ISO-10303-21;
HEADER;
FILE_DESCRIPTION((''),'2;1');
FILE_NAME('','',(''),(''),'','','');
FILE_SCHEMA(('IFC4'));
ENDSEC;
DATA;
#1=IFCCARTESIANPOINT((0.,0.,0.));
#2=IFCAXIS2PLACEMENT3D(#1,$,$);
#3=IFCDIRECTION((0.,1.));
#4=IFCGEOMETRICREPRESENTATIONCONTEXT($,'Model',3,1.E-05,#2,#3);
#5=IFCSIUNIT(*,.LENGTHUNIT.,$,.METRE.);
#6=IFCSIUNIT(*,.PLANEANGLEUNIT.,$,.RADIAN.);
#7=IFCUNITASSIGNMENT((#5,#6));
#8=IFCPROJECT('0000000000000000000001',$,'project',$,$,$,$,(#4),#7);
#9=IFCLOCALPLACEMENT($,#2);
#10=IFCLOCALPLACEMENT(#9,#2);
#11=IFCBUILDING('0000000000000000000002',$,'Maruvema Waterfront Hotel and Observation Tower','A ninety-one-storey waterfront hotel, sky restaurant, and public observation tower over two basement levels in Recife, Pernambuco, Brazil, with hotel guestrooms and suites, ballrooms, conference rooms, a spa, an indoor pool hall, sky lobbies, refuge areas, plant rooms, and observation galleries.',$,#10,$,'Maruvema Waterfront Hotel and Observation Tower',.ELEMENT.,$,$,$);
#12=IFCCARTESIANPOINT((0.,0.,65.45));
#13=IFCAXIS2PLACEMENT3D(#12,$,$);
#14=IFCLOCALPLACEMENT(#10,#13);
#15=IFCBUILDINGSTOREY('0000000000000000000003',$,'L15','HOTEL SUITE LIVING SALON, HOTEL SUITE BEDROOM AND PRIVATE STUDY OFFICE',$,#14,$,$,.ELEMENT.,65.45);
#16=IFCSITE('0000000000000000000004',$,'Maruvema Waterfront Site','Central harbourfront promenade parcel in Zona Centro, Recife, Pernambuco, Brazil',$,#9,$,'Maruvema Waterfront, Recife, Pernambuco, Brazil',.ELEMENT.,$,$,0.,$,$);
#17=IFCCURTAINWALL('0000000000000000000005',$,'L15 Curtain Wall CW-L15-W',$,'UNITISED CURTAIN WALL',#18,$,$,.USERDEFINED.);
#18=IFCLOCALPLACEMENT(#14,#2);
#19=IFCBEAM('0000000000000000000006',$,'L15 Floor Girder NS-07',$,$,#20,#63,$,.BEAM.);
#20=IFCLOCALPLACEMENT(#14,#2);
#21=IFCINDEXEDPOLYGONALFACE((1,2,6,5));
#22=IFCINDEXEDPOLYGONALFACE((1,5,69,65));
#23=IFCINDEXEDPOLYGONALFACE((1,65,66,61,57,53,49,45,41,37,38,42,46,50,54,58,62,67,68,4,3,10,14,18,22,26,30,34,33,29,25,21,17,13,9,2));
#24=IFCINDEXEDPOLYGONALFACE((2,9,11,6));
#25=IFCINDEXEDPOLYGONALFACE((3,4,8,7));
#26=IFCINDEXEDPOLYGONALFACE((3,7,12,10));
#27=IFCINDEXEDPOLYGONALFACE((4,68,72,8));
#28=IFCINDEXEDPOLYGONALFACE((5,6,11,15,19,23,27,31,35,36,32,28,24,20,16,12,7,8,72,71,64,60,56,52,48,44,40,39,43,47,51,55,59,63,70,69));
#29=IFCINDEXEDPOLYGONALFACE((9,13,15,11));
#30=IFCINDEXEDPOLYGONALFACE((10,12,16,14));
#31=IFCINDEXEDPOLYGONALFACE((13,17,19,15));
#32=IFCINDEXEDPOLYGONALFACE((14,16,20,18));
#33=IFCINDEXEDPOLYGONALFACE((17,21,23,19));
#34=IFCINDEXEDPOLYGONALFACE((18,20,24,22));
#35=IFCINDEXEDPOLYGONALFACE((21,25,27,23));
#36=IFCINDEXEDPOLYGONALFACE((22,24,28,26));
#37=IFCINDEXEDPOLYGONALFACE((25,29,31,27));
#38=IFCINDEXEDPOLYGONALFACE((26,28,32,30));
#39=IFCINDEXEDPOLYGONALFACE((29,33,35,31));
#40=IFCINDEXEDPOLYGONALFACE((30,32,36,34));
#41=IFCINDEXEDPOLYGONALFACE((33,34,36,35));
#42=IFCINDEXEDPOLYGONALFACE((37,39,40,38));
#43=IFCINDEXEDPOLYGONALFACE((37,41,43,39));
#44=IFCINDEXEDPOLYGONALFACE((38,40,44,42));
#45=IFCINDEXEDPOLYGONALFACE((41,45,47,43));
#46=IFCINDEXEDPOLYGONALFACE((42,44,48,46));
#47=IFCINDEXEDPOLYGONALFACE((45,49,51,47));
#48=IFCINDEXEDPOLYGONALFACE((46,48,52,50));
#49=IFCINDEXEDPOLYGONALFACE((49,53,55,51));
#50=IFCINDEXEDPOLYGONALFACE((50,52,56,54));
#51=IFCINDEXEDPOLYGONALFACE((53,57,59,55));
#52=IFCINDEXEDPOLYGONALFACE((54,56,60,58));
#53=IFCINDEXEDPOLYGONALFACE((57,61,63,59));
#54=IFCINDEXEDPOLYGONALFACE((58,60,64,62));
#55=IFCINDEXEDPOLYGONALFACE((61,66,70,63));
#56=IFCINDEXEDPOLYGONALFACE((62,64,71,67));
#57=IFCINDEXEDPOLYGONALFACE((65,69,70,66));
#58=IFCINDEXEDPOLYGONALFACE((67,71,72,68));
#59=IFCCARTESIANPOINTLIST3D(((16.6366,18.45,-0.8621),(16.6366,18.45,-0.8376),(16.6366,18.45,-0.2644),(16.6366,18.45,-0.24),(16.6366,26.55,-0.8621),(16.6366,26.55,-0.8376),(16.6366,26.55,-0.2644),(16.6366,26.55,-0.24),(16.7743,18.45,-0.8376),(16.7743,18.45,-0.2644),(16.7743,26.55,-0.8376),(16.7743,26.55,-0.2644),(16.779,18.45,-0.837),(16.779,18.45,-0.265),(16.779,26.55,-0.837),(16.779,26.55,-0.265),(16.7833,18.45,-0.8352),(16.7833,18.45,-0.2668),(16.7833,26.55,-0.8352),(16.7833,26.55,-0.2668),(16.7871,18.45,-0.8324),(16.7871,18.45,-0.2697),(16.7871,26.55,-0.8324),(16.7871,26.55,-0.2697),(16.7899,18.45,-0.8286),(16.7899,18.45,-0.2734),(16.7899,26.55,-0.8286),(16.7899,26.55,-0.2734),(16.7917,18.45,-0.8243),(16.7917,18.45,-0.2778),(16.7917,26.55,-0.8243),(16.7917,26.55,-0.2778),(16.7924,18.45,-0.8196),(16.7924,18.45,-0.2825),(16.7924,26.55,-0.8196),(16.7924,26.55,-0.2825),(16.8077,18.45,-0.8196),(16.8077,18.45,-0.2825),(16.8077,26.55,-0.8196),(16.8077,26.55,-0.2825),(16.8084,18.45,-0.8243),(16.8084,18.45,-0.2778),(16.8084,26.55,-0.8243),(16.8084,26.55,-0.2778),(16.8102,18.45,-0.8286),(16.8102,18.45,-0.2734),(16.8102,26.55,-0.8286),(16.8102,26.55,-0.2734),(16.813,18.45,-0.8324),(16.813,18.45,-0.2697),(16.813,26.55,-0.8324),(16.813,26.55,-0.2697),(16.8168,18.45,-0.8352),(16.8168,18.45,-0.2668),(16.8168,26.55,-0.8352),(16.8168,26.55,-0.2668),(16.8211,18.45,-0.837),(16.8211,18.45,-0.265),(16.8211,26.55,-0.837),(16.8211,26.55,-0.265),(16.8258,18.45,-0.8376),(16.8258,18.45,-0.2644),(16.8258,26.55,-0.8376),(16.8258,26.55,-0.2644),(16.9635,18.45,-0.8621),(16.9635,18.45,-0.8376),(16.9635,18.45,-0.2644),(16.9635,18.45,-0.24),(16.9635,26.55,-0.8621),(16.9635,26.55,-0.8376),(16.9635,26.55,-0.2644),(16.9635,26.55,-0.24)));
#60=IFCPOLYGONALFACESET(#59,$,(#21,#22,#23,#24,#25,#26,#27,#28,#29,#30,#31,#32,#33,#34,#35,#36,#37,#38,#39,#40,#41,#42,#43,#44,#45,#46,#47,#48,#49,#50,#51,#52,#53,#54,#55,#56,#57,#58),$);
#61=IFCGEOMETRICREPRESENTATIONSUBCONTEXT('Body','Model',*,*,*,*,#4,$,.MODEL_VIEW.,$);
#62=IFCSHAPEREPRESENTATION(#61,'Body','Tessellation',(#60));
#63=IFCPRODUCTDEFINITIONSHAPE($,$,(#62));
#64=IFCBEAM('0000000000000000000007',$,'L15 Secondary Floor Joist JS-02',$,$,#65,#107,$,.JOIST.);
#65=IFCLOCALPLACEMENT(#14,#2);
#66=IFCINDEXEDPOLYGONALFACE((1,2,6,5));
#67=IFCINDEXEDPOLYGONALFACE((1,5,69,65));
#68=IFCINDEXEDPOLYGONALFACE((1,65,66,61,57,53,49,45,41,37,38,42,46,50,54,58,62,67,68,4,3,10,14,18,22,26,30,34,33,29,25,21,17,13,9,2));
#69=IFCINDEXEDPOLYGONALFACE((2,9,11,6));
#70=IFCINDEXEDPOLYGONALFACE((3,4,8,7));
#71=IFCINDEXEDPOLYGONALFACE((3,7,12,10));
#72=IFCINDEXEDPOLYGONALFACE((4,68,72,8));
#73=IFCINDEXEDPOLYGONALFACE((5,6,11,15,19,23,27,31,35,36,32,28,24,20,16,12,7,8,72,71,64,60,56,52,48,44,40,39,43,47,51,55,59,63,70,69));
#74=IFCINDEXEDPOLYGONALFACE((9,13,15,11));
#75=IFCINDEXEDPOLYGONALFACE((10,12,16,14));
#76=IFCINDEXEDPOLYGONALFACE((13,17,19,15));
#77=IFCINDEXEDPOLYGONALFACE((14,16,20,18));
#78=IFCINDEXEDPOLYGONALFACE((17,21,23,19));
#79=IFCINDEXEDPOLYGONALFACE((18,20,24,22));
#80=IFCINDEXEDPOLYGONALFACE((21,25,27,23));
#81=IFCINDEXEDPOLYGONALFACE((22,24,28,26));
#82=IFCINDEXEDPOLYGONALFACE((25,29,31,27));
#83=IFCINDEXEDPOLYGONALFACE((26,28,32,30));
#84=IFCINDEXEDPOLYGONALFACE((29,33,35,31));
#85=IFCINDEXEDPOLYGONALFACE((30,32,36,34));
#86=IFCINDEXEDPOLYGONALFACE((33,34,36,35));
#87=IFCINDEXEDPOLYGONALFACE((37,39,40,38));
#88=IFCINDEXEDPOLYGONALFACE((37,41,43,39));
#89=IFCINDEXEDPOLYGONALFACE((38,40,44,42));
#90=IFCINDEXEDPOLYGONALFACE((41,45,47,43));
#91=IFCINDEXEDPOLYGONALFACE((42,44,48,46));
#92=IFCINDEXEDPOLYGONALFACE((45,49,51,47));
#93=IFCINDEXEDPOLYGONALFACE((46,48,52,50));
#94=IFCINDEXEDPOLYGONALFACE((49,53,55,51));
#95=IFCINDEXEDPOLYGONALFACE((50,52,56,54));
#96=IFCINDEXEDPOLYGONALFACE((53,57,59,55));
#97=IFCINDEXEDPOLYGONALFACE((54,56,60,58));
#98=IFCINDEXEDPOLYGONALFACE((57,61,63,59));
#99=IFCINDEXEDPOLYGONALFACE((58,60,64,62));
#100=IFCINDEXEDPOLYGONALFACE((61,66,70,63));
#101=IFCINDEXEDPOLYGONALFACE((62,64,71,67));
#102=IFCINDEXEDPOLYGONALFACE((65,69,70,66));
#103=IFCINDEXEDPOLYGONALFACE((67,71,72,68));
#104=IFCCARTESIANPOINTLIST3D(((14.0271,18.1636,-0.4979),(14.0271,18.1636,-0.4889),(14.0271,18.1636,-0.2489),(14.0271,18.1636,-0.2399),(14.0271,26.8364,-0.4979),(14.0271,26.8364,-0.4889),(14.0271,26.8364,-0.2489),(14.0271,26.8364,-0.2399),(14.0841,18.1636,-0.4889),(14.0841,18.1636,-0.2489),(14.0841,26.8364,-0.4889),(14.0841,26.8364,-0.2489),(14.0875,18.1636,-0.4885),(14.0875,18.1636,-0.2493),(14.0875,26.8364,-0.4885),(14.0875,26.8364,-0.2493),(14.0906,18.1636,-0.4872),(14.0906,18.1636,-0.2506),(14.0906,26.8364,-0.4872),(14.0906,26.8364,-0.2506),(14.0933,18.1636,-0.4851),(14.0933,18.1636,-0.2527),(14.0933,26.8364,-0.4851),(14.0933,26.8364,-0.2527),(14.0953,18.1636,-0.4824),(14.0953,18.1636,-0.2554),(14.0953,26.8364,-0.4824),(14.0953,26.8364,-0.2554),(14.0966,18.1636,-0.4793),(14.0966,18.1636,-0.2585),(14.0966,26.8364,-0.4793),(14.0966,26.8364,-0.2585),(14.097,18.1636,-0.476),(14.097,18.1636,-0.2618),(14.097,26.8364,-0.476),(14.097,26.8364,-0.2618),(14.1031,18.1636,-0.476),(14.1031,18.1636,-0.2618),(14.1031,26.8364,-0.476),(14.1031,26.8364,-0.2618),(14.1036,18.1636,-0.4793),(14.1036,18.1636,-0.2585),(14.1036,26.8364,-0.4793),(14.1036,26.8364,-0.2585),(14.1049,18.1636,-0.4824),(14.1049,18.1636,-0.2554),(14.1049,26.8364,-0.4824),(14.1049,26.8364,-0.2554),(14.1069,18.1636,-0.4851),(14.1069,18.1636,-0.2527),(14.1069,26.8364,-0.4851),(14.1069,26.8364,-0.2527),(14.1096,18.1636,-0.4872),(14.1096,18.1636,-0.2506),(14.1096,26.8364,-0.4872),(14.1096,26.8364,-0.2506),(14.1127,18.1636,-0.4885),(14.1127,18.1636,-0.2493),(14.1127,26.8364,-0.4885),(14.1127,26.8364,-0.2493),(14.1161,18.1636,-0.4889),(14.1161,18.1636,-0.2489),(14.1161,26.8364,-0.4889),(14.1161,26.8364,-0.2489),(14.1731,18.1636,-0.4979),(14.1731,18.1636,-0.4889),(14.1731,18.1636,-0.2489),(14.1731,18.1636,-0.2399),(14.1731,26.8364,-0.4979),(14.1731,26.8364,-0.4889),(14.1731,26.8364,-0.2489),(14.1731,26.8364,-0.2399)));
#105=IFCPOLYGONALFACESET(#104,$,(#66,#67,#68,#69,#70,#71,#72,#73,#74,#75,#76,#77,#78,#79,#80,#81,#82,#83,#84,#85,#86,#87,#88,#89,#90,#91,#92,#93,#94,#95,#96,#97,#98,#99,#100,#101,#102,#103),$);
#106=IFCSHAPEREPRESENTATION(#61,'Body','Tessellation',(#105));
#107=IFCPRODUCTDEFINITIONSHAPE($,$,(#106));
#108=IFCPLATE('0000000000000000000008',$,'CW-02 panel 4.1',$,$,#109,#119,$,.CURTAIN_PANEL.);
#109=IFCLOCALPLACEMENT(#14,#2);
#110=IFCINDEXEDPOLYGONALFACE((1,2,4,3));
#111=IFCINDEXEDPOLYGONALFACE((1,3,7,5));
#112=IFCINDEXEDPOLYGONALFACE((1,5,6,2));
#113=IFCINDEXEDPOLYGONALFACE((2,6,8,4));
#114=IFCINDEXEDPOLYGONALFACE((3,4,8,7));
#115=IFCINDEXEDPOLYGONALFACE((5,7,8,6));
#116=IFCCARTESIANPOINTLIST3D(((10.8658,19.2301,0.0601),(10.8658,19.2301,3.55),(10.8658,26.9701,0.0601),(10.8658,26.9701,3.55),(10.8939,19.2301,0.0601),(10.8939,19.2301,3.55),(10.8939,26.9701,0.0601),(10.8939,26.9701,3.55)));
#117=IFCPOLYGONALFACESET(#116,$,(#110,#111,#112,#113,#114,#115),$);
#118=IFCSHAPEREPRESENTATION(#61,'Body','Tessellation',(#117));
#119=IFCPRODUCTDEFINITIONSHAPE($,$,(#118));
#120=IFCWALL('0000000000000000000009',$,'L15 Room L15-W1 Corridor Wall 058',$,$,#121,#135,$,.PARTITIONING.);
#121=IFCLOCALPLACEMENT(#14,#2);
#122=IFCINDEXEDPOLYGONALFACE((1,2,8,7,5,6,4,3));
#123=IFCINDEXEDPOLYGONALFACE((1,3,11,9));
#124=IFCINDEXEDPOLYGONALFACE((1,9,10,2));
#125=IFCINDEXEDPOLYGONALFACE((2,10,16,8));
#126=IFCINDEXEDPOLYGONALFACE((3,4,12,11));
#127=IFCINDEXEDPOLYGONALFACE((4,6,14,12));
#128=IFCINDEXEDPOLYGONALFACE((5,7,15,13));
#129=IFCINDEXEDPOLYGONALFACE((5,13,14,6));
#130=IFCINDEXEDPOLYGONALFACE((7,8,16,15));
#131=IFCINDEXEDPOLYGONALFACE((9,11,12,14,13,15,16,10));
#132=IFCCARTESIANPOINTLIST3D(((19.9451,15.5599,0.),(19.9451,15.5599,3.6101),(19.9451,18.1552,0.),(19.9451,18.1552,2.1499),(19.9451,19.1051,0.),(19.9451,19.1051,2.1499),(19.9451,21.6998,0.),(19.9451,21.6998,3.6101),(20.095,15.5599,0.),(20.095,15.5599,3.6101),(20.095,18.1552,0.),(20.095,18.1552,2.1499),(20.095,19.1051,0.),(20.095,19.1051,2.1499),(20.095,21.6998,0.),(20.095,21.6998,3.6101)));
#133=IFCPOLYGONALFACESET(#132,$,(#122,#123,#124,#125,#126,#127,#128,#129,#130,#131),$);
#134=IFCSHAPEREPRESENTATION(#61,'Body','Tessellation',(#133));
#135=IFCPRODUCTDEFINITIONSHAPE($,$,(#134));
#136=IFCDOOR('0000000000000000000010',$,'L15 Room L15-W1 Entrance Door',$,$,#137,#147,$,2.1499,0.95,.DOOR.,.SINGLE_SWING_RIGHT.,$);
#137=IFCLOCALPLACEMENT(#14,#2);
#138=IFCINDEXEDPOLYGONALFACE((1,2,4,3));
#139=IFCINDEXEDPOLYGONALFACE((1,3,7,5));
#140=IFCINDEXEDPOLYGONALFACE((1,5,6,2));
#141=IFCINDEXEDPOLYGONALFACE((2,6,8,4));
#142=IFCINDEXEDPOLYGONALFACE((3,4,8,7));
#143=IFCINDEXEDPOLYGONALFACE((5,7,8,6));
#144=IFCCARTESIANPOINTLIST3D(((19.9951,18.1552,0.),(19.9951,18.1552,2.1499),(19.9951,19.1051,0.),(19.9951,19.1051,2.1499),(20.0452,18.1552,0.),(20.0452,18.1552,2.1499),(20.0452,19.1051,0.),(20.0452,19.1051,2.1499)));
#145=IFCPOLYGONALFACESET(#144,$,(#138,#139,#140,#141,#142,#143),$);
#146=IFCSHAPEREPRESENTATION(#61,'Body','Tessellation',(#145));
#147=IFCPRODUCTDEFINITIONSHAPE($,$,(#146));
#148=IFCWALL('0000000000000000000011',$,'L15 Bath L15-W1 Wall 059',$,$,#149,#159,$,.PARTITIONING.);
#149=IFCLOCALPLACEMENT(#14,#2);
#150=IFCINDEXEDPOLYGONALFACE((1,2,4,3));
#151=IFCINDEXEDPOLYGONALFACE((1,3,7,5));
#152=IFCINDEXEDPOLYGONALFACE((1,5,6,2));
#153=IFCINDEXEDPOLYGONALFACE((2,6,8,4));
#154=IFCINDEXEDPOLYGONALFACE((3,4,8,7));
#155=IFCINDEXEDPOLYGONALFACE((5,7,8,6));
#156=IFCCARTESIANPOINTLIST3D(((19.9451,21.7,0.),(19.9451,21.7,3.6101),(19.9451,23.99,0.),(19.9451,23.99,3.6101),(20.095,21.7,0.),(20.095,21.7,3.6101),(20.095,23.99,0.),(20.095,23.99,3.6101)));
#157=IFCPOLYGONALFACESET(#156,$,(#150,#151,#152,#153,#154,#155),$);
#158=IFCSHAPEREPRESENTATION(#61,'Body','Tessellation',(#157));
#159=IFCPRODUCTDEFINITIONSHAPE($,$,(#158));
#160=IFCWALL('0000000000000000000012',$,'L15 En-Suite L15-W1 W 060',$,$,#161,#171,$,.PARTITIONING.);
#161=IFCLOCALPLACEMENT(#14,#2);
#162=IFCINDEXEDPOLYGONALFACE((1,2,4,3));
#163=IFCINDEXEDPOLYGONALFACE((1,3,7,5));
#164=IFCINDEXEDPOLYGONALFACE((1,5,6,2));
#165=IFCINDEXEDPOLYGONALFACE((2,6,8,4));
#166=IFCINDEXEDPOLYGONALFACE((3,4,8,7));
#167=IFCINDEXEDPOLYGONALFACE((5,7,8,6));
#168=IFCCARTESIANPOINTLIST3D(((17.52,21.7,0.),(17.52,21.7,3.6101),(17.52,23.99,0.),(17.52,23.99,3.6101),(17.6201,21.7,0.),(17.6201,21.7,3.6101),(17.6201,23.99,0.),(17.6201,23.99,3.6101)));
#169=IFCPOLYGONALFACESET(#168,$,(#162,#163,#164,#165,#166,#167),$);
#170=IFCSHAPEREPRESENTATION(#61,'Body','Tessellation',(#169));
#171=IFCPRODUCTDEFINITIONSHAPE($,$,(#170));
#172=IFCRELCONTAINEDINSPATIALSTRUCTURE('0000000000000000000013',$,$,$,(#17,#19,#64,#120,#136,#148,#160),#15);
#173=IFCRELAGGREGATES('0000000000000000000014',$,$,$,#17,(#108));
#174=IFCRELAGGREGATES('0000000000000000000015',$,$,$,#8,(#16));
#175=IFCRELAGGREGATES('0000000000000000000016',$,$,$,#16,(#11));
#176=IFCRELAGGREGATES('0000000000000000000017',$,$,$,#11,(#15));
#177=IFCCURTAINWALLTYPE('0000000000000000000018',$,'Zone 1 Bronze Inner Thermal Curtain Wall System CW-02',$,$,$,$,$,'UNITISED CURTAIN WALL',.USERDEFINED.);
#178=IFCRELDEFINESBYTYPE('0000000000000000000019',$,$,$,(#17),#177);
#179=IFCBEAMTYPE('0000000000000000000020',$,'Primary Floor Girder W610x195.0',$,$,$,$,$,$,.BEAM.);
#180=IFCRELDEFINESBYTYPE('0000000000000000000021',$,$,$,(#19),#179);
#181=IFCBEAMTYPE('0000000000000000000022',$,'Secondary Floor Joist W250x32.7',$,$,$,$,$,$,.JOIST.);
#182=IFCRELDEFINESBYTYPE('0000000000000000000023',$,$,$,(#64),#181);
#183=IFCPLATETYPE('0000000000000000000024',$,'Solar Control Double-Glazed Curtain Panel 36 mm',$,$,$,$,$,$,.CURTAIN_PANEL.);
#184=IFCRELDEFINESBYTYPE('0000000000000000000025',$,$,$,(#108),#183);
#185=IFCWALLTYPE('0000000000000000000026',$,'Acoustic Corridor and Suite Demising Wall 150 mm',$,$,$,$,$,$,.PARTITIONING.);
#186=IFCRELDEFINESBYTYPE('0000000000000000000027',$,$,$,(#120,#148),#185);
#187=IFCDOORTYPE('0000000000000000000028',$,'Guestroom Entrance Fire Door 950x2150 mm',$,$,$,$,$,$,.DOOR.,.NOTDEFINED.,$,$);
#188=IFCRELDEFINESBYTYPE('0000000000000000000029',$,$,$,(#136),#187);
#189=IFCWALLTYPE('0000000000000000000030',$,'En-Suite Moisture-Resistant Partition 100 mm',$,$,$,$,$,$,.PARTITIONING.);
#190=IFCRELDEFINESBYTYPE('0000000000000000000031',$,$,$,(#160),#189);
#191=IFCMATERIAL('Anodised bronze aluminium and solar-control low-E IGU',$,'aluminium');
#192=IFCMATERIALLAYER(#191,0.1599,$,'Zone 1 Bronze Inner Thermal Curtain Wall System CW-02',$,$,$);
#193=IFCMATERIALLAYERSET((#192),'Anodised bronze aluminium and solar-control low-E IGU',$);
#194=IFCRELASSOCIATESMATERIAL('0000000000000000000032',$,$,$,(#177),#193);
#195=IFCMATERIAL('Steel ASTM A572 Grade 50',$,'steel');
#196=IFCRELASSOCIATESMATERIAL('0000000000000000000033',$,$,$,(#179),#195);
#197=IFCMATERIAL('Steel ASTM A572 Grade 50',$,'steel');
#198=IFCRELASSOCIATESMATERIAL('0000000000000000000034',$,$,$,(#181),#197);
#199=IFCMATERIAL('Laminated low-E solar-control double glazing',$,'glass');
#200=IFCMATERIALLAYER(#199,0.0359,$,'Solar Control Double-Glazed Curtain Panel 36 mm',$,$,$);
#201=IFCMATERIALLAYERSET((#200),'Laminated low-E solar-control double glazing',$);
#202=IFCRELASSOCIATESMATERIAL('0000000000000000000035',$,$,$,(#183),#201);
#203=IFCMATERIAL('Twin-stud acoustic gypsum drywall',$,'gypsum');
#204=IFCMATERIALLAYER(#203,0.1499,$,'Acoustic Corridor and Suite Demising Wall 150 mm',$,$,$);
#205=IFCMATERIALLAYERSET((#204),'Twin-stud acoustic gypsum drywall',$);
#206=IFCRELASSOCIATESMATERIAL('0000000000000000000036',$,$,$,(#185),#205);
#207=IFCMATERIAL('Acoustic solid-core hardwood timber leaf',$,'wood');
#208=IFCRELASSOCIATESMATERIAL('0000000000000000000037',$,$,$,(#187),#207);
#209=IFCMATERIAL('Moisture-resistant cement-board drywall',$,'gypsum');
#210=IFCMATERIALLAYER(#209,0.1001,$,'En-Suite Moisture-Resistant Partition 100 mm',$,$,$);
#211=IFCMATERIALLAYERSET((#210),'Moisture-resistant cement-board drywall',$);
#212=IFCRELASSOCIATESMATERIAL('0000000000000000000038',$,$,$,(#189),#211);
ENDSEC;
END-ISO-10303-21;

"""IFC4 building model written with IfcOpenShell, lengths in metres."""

from ifc_helpers import new_model, si_unit, direction, frame, frame_2d, origin, origin_2d, place, context, subcontext, project, spatial, rectangle, i_section, extrude, material, layer, layer_set, material_profile, profile_set, type_object, element, fill, aggregate, save


model = new_model("IFC4")

# Units and contexts
model_context = context("Model", 3, precision=1e-05, world=origin(), true_north=direction((0.0, 1.0)))
body_context = subcontext(model_context, "Body", "Model", "MODEL_VIEW")
ifc_project = project(units=[si_unit("LENGTHUNIT", "METRE"), si_unit("PLANEANGLEUNIT", "RADIAN")], contexts=[model_context])

# Site, building, storey
site_placement = place(None, origin())
site = spatial("IfcSite", under=ifc_project, at=site_placement, Name="Maruvema Waterfront Site", Description="Central harbourfront promenade parcel in Zona Centro, Recife, Pernambuco, Brazil", LongName="Maruvema Waterfront, Recife, Pernambuco, Brazil", CompositionType="ELEMENT", RefElevation=0.0)
building_placement = place(site_placement, origin())
building = spatial("IfcBuilding", under=site, at=building_placement, Name="Maruvema Waterfront Hotel and Observation Tower", Description="A ninety-one-storey waterfront hotel, sky restaurant, and public observation tower over two basement levels in Recife, Pernambuco, Brazil, with hotel guestrooms and suites, ballrooms, conference rooms, a spa, an indoor pool hall, sky lobbies, refuge areas, plant rooms, and observation galleries.", LongName="Maruvema Waterfront Hotel and Observation Tower", CompositionType="ELEMENT")
storey_placement = place(building_placement, frame((0.0, 0.0, 65.45)))
storey = spatial("IfcBuildingStorey", under=building, at=storey_placement, Name="L15", Description="HOTEL SUITE LIVING SALON, HOTEL SUITE BEDROOM AND PRIVATE STUDY OFFICE", CompositionType="ELEMENT", Elevation=65.45)

# Curtain wall
ifc_material_1 = material(Name="Anodised bronze aluminium and solar-control low-E IGU", Category="aluminium")
ifc_layer_1 = layer(ifc_material_1, 0.1599, Name="Zone 1 Bronze Inner Thermal Curtain Wall System CW-02")
ifc_layer_set_1 = layer_set([ifc_layer_1], Name="Anodised bronze aluminium and solar-control low-E IGU")
curtain_wall_type = type_object("IfcCurtainWallType", Name="Zone 1 Bronze Inner Thermal Curtain Wall System CW-02", ElementType="UNITISED CURTAIN WALL", PredefinedType="USERDEFINED", material=ifc_layer_set_1)
curtain_wall_placement = place(storey_placement, origin())
curtain_wall = element("IfcCurtainWall", 1, at=curtain_wall_placement, inside=storey, type_object=curtain_wall_type, Name="L15 Curtain Wall CW-L15-W", ObjectType="UNITISED CURTAIN WALL", PredefinedType="USERDEFINED")

# Beams
ifc_material_2 = material(Name="Steel ASTM A572 Grade 50", Category="steel")
ifc_material_profile_1 = material_profile(ifc_material_2, i_section(OverallWidth=0.3269, OverallDepth=0.6221, WebThickness=0.0154, FlangeThickness=0.0244, FilletRadius=0.0181, at=origin_2d()), Name="W610x195.0")
ifc_profile_set_1 = profile_set([ifc_material_profile_1], Name="Steel ASTM A572 Grade 50")
beam_type_1 = type_object("IfcBeamType", Name="Primary Floor Girder W610x195.0", PredefinedType="BEAM", material=ifc_profile_set_1)
beam_1_placement = place(storey_placement, frame((16.8, 18.45, -0.551), z_axis=(0.0, 1.0, 0.0), x_axis=(-1.0, 0.0, 0.0)))
element("IfcBeam", 2, at=beam_1_placement, inside=storey, type_object=beam_type_1, Name="L15 Floor Girder NS-07", PredefinedType="BEAM", context=body_context, shape_type="SweptSolid", body=[
    extrude(i_section(OverallWidth=0.3269, OverallDepth=0.6221, WebThickness=0.0154, FlangeThickness=0.0244, FilletRadius=0.0181, at=origin_2d()), origin(), (0.0, 0.0, 1.0), 8.1001),
])
ifc_material_3 = material(Name="Steel ASTM A572 Grade 50", Category="steel")
ifc_material_profile_2 = material_profile(ifc_material_3, i_section(OverallWidth=0.146, OverallDepth=0.2581, WebThickness=0.0061, FlangeThickness=0.009, FilletRadius=0.0129, at=origin_2d()), Name="W250x32.7")
ifc_profile_set_2 = profile_set([ifc_material_profile_2], Name="Steel ASTM A572 Grade 50")
beam_type_2 = type_object("IfcBeamType", Name="Secondary Floor Joist W250x32.7", PredefinedType="JOIST", material=ifc_profile_set_2)
beam_2_placement = place(storey_placement, frame((14.1001, 18.1636, -0.3689), z_axis=(0.0, 1.0, 0.0), x_axis=(-1.0, 0.0, 0.0)))
element("IfcBeam", 3, at=beam_2_placement, inside=storey, type_object=beam_type_2, Name="L15 Secondary Floor Joist JS-02", PredefinedType="JOIST", context=body_context, shape_type="SweptSolid", body=[
    extrude(i_section(OverallWidth=0.146, OverallDepth=0.2581, WebThickness=0.0061, FlangeThickness=0.009, FilletRadius=0.0129, at=origin_2d()), origin(), (0.0, 0.0, 1.0), 8.6729),
])

# Plate
ifc_material_4 = material(Name="Laminated low-E solar-control double glazing", Category="glass")
ifc_layer_2 = layer(ifc_material_4, 0.0359, Name="Solar Control Double-Glazed Curtain Panel 36 mm")
ifc_layer_set_2 = layer_set([ifc_layer_2], Name="Laminated low-E solar-control double glazing")
plate_type = type_object("IfcPlateType", Name="Solar Control Double-Glazed Curtain Panel 36 mm", PredefinedType="CURTAIN_PANEL", material=ifc_layer_set_2)
plate_placement = place(storey_placement, frame((10.8799, 23.1001, 0.0601), z_axis=(0.0, 0.0, 1.0), x_axis=(0.0, -1.0, 0.0)))
plate = element("IfcPlate", 4, at=plate_placement, type_object=plate_type, Name="CW-02 panel 4.1", PredefinedType="CURTAIN_PANEL", context=body_context, shape_type="SweptSolid", body=[
    extrude(rectangle(XDim=7.74, YDim=0.0281, at=origin_2d()), origin(), (0.0, 0.0, 1.0), 3.49),
])
aggregate(curtain_wall, [plate])

# Wall, opening, door
ifc_material_5 = material(Name="Twin-stud acoustic gypsum drywall", Category="gypsum")
ifc_layer_3 = layer(ifc_material_5, 0.1499, Name="Acoustic Corridor and Suite Demising Wall 150 mm")
ifc_layer_set_3 = layer_set([ifc_layer_3], Name="Twin-stud acoustic gypsum drywall")
wall_type_1 = type_object("IfcWallType", Name="Acoustic Corridor and Suite Demising Wall 150 mm", PredefinedType="PARTITIONING", material=ifc_layer_set_3)
wall_1_placement = place(storey_placement, frame((20.02, 15.5601, 0.0), z_axis=(0.0, 0.0, 1.0), x_axis=(0.0, 1.0, 0.0)))
wall_1 = element("IfcWall", 5, at=wall_1_placement, inside=storey, type_object=wall_type_1, Name="L15 Room L15-W1 Corridor Wall 058", PredefinedType="PARTITIONING", context=body_context, shape_type="SweptSolid", body=[
    extrude(rectangle(XDim=6.1399, YDim=0.1499, at=frame_2d((3.0698, 0.0))), origin(), (0.0, 0.0, 1.0), 3.6101),
])
opening_1_placement = place(wall_1_placement, frame((2.595, 0.0, 0.0)))
opening_1 = element("IfcOpeningElement", 6, at=opening_1_placement, cuts=wall_1, PredefinedType="OPENING", context=body_context, shape_type="SweptSolid", body=[
    extrude(rectangle(XDim=0.95, YDim=2.1499, at=frame_2d((0.4751, 1.075))), frame((0.0, 0.085, 0.0), z_axis=(0.0, -1.0, 0.0), x_axis=(1.0, 0.0, 0.0)), (0.0, 0.0, 1.0), 0.1699),
])
ifc_material_6 = material(Name="Acoustic solid-core hardwood timber leaf", Category="wood")
door_type_1 = type_object("IfcDoorType", Name="Guestroom Entrance Fire Door 950x2150 mm", OperationType="NOTDEFINED", PredefinedType="DOOR", material=ifc_material_6)
door_1_placement = place(opening_1_placement, origin())
door_1 = element("IfcDoor", 7, at=door_1_placement, inside=storey, type_object=door_type_1, Name="L15 Room L15-W1 Entrance Door", OperationType="SINGLE_SWING_RIGHT", OverallHeight=2.1499, OverallWidth=0.95, PredefinedType="DOOR", context=body_context, shape_type="SweptSolid", body=[
    extrude(rectangle(XDim=0.95, YDim=2.1499, at=frame_2d((0.4751, 1.075))), frame((0.0, 0.0249, 0.0), z_axis=(0.0, -1.0, 0.0), x_axis=(1.0, 0.0, 0.0)), (0.0, 0.0, 1.0), 0.05),
])
fill(opening_1, door_1)

# Walls
wall_2_placement = place(storey_placement, frame((20.02, 21.7, 0.0), z_axis=(0.0, 0.0, 1.0), x_axis=(0.0, 1.0, 0.0)))
element("IfcWall", 8, at=wall_2_placement, inside=storey, type_object=wall_type_1, Name="L15 Bath L15-W1 Wall 059", PredefinedType="PARTITIONING", context=body_context, shape_type="SweptSolid", body=[
    extrude(rectangle(XDim=2.29, YDim=0.1499, at=frame_2d((1.145, 0.0))), origin(), (0.0, 0.0, 1.0), 3.6101),
])
ifc_material_7 = material(Name="Moisture-resistant cement-board drywall", Category="gypsum")
ifc_layer_4 = layer(ifc_material_7, 0.1001, Name="En-Suite Moisture-Resistant Partition 100 mm")
ifc_layer_set_4 = layer_set([ifc_layer_4], Name="Moisture-resistant cement-board drywall")
wall_type_2 = type_object("IfcWallType", Name="En-Suite Moisture-Resistant Partition 100 mm", PredefinedType="PARTITIONING", material=ifc_layer_set_4)
wall_3_placement = place(storey_placement, frame((17.5701, 21.7, 0.0), z_axis=(0.0, 0.0, 1.0), x_axis=(0.0, 1.0, 0.0)))
element("IfcWall", 9, at=wall_3_placement, inside=storey, type_object=wall_type_2, Name="L15 En-Suite L15-W1 W 060", PredefinedType="PARTITIONING", context=body_context, shape_type="SweptSolid", body=[
    extrude(rectangle(XDim=2.29, YDim=0.1001, at=frame_2d((1.145, 0.0))), origin(), (0.0, 0.0, 1.0), 3.6101),
])

save(model, "model.ifc")
